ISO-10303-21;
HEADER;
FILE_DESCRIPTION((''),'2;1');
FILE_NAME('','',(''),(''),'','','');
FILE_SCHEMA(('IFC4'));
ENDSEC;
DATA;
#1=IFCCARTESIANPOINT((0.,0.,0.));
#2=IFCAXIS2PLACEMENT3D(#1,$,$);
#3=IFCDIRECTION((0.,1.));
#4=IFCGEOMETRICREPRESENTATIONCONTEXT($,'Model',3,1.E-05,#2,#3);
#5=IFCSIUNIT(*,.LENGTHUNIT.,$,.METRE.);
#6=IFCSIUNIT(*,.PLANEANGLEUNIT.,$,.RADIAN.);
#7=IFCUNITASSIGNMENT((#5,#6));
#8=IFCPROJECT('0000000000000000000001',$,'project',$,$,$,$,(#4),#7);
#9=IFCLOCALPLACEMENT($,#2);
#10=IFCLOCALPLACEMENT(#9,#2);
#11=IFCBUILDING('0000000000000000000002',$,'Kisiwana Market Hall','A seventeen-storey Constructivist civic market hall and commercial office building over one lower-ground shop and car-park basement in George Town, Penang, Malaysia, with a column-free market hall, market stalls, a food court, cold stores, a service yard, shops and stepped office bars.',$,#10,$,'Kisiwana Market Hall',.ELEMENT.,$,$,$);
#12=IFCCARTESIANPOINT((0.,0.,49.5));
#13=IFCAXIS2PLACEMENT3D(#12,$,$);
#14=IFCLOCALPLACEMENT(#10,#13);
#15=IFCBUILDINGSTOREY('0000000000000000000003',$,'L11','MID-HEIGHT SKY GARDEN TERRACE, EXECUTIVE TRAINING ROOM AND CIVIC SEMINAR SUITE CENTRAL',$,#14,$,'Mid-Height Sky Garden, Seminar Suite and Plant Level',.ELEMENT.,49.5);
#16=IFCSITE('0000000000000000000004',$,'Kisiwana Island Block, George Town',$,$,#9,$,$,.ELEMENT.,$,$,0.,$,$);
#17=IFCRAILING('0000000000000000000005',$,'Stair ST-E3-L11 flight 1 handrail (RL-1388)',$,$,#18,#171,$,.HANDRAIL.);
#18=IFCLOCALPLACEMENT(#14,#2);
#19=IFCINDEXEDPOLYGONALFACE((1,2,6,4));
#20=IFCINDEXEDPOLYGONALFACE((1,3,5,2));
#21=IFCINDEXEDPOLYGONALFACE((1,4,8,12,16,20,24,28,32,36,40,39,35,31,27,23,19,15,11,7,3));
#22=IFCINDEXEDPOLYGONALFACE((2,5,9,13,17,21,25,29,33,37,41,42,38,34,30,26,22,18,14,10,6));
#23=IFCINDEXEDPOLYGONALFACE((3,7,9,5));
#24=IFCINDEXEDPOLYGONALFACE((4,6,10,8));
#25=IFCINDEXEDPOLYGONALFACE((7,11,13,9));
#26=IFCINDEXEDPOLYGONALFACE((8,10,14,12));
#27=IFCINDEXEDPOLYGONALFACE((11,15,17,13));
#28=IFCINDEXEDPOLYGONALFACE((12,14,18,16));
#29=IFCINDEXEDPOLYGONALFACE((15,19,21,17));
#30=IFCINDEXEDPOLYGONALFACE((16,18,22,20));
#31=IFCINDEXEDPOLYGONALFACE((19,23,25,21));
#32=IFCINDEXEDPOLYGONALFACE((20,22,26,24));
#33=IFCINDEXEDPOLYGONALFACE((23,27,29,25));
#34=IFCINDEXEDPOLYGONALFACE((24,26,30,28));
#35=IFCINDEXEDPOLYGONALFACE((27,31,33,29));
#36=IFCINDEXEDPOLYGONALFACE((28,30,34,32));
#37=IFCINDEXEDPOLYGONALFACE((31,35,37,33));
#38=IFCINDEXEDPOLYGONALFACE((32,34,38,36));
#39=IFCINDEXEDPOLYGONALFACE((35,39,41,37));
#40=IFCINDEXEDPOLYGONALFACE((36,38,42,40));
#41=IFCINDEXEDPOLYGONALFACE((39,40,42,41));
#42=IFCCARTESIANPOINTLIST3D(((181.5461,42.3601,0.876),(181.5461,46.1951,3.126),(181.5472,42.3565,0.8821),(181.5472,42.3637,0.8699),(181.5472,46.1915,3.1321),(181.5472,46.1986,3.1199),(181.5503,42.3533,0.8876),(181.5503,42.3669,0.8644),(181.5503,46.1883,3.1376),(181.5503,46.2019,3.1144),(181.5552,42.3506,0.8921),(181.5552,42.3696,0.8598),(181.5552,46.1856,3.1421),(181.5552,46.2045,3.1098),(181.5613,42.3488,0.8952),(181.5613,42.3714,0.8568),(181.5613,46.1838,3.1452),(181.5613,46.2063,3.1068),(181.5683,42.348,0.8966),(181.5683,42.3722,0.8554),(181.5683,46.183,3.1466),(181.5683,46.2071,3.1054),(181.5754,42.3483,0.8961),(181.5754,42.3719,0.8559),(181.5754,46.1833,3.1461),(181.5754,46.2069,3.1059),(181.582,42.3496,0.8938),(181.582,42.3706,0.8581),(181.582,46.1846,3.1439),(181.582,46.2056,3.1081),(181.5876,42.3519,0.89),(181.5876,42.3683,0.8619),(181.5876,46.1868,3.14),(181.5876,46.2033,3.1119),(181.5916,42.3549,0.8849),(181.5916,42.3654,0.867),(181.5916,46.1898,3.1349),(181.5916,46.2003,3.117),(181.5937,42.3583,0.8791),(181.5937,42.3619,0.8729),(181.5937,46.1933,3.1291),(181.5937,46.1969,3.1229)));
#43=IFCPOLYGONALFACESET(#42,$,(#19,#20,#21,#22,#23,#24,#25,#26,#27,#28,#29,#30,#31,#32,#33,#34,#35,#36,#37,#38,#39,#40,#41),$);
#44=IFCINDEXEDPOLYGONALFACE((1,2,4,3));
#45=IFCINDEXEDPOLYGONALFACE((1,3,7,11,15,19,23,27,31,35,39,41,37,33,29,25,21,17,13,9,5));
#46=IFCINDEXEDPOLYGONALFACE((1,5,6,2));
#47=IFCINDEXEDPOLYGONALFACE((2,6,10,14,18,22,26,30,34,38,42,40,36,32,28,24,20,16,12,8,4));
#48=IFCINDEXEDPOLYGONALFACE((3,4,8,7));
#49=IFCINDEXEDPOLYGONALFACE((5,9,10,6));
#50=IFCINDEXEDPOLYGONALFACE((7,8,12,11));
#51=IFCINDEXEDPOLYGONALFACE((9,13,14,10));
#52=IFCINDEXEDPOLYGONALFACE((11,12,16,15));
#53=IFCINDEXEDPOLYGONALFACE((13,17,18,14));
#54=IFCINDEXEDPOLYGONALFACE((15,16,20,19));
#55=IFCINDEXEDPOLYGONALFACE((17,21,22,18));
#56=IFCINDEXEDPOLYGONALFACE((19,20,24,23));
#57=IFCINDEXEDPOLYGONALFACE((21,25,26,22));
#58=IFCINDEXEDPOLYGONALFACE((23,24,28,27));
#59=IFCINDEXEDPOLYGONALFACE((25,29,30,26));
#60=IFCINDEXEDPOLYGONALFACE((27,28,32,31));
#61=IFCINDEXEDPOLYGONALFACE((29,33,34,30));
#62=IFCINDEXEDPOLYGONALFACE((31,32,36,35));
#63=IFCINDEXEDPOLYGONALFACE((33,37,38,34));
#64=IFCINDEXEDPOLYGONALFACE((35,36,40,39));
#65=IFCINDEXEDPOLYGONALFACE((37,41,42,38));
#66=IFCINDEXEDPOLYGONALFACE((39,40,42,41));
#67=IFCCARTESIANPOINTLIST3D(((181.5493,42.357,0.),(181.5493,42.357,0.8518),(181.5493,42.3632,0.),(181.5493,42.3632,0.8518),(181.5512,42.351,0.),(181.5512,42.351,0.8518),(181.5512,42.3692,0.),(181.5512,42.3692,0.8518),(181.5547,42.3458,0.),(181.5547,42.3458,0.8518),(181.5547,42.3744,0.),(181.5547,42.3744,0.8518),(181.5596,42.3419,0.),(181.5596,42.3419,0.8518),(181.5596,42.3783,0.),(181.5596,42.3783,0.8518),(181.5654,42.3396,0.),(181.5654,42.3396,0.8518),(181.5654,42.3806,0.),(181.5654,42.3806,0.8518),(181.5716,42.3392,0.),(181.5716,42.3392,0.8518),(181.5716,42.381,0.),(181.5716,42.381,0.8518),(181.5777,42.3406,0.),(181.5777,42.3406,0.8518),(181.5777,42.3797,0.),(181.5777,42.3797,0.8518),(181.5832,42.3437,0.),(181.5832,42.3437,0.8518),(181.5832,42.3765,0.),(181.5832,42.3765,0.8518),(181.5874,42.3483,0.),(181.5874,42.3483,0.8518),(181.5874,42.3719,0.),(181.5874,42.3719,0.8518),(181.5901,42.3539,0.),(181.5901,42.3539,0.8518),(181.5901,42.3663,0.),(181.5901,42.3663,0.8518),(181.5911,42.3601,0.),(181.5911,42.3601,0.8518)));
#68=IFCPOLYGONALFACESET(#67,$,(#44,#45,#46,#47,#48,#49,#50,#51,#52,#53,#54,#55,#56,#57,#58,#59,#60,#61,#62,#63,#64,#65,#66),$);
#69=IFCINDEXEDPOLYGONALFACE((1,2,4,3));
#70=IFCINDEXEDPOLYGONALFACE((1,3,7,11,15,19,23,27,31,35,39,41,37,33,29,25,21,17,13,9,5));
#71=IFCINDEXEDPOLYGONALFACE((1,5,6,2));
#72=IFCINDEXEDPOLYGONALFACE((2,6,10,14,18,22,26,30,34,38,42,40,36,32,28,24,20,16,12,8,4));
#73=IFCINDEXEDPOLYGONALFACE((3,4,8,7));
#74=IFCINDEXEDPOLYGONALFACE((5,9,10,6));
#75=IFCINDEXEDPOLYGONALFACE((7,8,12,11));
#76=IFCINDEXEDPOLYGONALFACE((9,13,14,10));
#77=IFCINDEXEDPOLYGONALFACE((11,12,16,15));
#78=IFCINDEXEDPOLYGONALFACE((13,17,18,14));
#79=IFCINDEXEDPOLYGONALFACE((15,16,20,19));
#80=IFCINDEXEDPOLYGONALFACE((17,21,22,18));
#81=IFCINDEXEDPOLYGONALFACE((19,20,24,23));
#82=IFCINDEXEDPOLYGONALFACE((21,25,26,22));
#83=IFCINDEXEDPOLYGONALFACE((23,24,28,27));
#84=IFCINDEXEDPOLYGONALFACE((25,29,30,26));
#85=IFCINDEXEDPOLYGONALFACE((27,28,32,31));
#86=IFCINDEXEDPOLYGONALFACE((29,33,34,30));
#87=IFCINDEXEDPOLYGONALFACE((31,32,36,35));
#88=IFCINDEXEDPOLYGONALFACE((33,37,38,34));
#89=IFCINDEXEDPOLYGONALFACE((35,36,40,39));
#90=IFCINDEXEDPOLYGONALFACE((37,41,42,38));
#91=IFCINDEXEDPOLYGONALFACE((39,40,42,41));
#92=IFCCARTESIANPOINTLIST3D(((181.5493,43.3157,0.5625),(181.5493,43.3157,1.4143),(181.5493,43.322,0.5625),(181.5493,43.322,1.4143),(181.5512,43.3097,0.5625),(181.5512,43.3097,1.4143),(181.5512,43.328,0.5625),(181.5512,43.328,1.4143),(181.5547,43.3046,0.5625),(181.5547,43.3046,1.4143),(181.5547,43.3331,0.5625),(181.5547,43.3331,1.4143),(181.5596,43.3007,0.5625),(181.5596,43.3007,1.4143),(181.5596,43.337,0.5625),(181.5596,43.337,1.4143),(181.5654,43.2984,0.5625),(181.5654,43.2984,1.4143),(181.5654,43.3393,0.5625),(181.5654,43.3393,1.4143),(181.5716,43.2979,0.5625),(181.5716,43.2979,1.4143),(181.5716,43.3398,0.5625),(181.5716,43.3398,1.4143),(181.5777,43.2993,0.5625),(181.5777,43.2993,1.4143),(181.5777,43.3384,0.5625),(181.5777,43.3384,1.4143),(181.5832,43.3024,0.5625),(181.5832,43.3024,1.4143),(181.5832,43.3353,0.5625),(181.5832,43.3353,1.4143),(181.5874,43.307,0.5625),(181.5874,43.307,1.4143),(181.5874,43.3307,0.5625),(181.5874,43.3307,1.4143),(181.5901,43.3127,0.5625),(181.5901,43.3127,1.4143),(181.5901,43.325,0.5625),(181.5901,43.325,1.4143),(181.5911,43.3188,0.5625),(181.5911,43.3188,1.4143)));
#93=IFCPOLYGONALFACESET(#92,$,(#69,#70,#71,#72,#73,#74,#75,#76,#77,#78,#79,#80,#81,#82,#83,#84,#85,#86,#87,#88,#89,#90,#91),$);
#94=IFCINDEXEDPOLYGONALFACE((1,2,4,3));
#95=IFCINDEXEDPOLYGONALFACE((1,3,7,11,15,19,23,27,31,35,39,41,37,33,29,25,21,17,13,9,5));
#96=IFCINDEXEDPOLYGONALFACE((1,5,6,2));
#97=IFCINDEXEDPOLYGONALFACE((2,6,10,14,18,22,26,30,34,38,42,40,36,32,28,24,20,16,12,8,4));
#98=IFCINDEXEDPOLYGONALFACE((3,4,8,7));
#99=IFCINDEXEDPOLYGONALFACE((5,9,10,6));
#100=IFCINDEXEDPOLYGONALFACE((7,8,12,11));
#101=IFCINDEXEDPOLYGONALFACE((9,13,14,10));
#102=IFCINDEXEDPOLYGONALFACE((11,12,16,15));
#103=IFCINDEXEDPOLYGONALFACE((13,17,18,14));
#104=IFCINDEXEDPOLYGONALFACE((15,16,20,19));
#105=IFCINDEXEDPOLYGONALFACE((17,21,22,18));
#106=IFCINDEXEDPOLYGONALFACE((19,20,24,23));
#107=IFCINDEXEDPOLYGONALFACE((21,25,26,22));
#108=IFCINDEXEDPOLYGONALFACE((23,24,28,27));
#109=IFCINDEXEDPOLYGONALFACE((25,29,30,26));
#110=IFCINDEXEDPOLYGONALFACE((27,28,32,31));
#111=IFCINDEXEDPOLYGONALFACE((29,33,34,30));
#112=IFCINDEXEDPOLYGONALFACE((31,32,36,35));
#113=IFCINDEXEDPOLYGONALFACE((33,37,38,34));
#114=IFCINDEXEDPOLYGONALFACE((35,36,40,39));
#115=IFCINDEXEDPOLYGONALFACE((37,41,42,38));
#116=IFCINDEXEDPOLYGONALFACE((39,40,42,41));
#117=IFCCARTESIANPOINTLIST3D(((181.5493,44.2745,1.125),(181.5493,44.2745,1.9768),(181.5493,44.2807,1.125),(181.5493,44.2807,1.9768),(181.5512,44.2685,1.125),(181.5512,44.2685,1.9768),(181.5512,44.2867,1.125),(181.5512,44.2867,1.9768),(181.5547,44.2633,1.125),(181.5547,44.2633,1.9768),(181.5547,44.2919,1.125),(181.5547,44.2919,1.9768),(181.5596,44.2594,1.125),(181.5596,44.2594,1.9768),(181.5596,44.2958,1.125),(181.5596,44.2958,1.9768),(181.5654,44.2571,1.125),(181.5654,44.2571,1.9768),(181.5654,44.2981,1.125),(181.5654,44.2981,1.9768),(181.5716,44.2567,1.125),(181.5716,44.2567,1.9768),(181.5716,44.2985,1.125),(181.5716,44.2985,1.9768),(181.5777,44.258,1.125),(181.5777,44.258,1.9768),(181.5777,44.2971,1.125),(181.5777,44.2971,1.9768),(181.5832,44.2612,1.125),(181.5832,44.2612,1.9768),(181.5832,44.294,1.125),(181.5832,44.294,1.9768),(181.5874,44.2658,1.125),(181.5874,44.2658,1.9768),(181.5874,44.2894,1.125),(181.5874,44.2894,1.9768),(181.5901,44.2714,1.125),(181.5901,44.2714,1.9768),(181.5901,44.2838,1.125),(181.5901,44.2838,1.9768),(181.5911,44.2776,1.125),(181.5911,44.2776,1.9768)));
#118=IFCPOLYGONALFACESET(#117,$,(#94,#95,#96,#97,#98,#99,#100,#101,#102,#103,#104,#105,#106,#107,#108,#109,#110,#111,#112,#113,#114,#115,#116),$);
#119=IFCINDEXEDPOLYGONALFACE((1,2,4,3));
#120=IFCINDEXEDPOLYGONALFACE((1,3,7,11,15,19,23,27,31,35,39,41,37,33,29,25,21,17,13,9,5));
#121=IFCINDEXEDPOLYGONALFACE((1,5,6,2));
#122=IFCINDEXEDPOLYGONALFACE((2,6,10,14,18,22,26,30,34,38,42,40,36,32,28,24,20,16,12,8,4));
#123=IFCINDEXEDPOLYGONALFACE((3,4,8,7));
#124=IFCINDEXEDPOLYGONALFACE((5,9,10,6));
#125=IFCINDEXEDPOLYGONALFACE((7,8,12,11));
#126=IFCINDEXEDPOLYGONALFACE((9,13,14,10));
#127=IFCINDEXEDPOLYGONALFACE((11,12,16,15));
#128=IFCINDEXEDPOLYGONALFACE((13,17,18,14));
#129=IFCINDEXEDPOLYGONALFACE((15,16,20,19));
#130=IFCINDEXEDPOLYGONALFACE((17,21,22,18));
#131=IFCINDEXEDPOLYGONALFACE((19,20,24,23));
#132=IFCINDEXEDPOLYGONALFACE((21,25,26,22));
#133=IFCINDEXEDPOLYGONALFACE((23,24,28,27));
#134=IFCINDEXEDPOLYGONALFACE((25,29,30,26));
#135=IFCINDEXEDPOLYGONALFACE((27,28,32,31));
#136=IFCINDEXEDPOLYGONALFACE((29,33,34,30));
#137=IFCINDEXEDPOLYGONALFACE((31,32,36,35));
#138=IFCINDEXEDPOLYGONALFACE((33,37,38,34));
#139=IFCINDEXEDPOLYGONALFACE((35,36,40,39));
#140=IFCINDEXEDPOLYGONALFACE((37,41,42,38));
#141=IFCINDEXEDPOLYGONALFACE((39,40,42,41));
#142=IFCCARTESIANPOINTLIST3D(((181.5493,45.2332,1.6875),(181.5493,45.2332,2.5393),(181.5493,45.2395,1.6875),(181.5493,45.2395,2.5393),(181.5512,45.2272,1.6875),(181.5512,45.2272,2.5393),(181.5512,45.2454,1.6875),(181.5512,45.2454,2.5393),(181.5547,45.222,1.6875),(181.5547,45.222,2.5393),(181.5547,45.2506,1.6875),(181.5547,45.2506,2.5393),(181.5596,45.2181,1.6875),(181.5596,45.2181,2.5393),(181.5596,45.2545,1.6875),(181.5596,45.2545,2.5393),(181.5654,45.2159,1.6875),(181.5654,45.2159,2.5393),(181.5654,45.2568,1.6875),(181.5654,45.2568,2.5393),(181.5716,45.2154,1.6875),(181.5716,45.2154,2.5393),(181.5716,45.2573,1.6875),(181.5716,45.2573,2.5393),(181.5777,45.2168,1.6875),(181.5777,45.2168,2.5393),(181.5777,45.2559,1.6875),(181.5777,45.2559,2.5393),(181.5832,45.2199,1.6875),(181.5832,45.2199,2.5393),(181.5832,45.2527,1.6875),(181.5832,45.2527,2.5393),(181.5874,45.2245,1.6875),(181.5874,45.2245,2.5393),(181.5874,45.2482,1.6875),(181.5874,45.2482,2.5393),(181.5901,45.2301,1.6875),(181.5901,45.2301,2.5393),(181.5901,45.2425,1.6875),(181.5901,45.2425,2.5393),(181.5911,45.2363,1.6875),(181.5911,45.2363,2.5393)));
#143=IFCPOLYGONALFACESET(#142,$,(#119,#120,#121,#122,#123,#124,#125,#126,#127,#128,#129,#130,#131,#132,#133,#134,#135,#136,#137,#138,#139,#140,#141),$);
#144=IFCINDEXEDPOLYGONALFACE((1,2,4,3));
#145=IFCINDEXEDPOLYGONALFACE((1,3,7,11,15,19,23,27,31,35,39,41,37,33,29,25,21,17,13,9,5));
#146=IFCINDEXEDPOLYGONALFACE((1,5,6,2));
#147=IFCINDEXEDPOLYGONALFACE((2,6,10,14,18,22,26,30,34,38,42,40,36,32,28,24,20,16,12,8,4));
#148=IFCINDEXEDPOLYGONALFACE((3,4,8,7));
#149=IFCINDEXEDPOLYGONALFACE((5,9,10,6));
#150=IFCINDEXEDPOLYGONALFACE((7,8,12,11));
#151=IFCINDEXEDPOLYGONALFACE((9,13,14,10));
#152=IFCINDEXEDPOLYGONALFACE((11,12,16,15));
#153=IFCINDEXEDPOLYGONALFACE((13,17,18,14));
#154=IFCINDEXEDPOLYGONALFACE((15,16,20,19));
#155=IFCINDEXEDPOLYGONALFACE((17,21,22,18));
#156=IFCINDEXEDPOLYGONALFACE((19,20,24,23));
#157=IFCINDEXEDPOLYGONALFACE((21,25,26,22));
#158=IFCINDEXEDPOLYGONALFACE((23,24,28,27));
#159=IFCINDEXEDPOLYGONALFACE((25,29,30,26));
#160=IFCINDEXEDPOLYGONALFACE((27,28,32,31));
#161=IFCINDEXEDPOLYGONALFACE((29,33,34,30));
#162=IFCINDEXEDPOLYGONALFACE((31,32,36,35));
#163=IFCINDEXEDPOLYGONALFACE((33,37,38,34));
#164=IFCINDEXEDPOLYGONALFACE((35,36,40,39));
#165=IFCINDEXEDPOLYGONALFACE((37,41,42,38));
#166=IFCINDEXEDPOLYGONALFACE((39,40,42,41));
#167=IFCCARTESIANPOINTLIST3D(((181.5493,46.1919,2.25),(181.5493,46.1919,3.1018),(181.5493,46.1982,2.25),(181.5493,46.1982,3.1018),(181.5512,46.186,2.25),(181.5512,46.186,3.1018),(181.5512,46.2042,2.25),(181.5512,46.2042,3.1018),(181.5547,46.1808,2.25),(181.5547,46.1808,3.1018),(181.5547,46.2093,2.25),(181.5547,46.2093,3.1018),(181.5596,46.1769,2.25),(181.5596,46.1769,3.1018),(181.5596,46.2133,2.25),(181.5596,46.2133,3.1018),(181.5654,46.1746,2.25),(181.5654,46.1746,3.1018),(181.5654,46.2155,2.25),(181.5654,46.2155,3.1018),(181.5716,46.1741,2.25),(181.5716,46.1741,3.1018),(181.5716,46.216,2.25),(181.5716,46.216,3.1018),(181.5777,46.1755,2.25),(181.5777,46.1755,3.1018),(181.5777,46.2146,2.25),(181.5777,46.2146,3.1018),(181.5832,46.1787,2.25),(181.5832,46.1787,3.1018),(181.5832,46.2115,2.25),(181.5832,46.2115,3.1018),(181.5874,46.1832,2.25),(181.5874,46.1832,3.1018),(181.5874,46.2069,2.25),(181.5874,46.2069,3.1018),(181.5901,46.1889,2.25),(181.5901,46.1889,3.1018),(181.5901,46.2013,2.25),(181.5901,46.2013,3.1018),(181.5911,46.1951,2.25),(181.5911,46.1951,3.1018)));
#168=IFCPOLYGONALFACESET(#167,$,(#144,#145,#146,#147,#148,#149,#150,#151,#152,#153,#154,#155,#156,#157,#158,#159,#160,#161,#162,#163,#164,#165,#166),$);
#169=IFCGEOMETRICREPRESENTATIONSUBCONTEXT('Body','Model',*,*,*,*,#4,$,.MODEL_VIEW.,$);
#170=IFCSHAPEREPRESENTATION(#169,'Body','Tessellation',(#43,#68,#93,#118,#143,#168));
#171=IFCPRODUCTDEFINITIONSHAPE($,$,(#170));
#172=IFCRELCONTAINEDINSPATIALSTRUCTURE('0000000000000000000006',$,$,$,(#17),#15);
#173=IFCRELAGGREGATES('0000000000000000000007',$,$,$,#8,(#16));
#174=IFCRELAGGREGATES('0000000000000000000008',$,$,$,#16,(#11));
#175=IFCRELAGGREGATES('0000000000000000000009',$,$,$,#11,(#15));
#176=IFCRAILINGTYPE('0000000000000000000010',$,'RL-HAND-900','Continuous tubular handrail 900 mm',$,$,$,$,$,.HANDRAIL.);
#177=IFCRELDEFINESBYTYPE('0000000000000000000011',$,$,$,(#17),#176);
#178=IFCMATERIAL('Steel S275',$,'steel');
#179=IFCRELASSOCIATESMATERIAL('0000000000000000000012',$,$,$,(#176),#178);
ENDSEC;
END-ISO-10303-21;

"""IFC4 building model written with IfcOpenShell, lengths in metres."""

from ifc_helpers import new_model, si_unit, direction, frame, origin, origin_2d, place, context, subcontext, project, spatial, circle, extrude, material, type_object, element, save


model = new_model("IFC4")

# Units and contexts
model_context = context("Model", 3, precision=1e-05, world=origin(), true_north=direction((0.0, 1.0)))
body_context = subcontext(model_context, "Body", "Model", "MODEL_VIEW")
ifc_project = project(units=[si_unit("LENGTHUNIT", "METRE"), si_unit("PLANEANGLEUNIT", "RADIAN")], contexts=[model_context])

# Site, building, storey
site_placement = place(None, origin())
site = spatial("IfcSite", under=ifc_project, at=site_placement, Name="Kisiwana Island Block, George Town", CompositionType="ELEMENT", RefElevation=0.0)
building_placement = place(site_placement, origin())
building = spatial("IfcBuilding", under=site, at=building_placement, Name="Kisiwana Market Hall", Description="A seventeen-storey Constructivist civic market hall and commercial office building over one lower-ground shop and car-park basement in George Town, Penang, Malaysia, with a column-free market hall, market stalls, a food court, cold stores, a service yard, shops and stepped office bars.", LongName="Kisiwana Market Hall", CompositionType="ELEMENT")
storey_placement = place(building_placement, frame((0.0, 0.0, 49.5)))
storey = spatial("IfcBuildingStorey", under=building, at=storey_placement, Name="L11", Description="MID-HEIGHT SKY GARDEN TERRACE, EXECUTIVE TRAINING ROOM AND CIVIC SEMINAR SUITE CENTRAL", LongName="Mid-Height Sky Garden, Seminar Suite and Plant Level", CompositionType="ELEMENT", Elevation=49.5)

# Railing
ifc_material_1 = material(Name="Steel S275", Category="steel")
railing_type_1 = type_object("IfcRailingType", Name="RL-HAND-900", Description="Continuous tubular handrail 900 mm", PredefinedType="HANDRAIL", material=ifc_material_1)
for number, where, name in (
    (1, (181.5701, 42.3601, 0.0), "Stair ST-E3-L11 flight 1 handrail (RL-1388)"),
):
    element("IfcRailing", number, at=place(storey_placement, frame(where)), inside=storey, type_object=railing_type_1, Name=name, PredefinedType="HANDRAIL", context=body_context, shape_type="SweptSolid", body=[
        extrude(circle(Radius=0.0239, at=origin_2d()), frame((0.0, 0.0, 0.876), z_axis=(0.0, 0.86251, 0.506041), x_axis=(-1.0, 0.0, 0.0)), (0.0, 0.0, 1.0), 4.4463),
        extrude(circle(Radius=0.021, at=origin_2d()), origin(), (0.0, 0.0, 1.0), 0.8518),
        extrude(circle(Radius=0.021, at=origin_2d()), frame((0.0, 0.9587, 0.5625)), (0.0, 0.0, 1.0), 0.8518),
        extrude(circle(Radius=0.021, at=origin_2d()), frame((0.0, 1.9175, 1.125)), (0.0, 0.0, 1.0), 0.8518),
        extrude(circle(Radius=0.021, at=origin_2d()), frame((0.0, 2.8762, 1.6875)), (0.0, 0.0, 1.0), 0.8518),
        extrude(circle(Radius=0.021, at=origin_2d()), frame((0.0, 3.835, 2.25)), (0.0, 0.0, 1.0), 0.8518),
    ])

save(model, "model.ifc")
